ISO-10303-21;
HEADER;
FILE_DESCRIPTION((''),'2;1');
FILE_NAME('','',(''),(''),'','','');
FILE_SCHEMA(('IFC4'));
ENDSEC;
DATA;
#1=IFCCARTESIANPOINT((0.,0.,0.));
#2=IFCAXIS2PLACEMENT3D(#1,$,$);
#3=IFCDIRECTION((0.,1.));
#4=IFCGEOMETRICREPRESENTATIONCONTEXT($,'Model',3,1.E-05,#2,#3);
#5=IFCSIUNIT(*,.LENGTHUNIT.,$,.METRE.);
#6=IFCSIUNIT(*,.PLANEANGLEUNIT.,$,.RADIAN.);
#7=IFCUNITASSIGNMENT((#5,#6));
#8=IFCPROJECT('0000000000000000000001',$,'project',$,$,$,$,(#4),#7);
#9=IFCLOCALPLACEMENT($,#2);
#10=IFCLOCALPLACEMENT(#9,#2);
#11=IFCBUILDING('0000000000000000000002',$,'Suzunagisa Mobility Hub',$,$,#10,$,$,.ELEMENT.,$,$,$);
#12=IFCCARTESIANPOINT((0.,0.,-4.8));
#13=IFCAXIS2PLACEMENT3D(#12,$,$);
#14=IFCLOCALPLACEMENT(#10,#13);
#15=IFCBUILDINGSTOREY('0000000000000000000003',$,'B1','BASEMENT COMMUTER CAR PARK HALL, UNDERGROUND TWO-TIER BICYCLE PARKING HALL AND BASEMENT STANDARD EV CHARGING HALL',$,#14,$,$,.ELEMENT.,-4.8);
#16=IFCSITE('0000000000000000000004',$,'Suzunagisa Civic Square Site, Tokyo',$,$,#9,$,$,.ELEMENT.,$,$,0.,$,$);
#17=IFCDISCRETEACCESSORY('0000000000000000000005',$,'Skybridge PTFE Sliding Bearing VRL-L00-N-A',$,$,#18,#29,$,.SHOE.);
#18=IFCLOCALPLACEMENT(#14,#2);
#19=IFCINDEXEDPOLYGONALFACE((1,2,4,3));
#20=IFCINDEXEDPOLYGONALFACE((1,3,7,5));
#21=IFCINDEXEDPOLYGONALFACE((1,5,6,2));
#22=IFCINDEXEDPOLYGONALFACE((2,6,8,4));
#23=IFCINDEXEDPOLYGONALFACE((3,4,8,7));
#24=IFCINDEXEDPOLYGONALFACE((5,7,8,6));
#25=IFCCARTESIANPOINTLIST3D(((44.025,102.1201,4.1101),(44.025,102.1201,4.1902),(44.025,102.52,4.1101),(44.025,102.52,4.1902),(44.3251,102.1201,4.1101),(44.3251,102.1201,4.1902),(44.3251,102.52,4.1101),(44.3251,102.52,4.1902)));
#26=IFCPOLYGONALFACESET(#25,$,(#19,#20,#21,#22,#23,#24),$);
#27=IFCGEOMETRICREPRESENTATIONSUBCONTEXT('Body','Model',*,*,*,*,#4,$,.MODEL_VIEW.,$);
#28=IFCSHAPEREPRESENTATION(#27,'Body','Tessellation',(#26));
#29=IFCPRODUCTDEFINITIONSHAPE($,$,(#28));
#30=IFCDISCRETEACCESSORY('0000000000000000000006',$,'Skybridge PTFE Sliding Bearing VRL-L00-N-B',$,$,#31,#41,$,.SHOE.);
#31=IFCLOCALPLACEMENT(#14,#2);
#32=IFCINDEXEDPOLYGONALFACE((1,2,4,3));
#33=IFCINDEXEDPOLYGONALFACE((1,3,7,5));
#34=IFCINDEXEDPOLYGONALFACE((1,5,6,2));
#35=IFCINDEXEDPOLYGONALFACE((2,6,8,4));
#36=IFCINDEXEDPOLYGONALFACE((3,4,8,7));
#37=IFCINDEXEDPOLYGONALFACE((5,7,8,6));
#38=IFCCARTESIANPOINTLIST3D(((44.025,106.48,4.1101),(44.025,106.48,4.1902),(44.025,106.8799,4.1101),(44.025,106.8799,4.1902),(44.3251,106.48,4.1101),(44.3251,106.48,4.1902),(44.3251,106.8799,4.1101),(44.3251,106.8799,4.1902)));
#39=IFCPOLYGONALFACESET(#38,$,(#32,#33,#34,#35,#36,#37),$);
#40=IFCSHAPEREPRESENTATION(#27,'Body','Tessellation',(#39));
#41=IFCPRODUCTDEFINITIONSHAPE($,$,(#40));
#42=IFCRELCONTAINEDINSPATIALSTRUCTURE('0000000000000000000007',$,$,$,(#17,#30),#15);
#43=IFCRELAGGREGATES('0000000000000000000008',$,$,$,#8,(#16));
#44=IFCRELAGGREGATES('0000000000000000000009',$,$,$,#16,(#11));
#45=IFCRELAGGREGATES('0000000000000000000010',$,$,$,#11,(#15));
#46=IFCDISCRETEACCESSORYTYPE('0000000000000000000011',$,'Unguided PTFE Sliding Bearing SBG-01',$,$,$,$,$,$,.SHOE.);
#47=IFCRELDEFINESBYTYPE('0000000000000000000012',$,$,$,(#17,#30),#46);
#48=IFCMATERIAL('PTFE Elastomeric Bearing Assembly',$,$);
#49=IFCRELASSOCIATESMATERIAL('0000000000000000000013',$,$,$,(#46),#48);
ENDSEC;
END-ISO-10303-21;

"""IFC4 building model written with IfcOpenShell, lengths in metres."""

from ifc_helpers import new_model, si_unit, direction, frame, origin, origin_2d, place, context, subcontext, project, spatial, rectangle, extrude, material, type_object, element, save


model = new_model("IFC4")

# Units and contexts
model_context = context("Model", 3, precision=1e-05, world=origin(), true_north=direction((0.0, 1.0)))
body_context = subcontext(model_context, "Body", "Model", "MODEL_VIEW")
ifc_project = project(units=[si_unit("LENGTHUNIT", "METRE"), si_unit("PLANEANGLEUNIT", "RADIAN")], contexts=[model_context])

# Site, building, storey
site_placement = place(None, origin())
site = spatial("IfcSite", under=ifc_project, at=site_placement, Name="Suzunagisa Civic Square Site, Tokyo", CompositionType="ELEMENT", RefElevation=0.0)
building_placement = place(site_placement, origin())
building = spatial("IfcBuilding", under=site, at=building_placement, Name="Suzunagisa Mobility Hub", CompositionType="ELEMENT")
storey_placement = place(building_placement, frame((0.0, 0.0, -4.8)))
storey = spatial("IfcBuildingStorey", under=building, at=storey_placement, Name="B1", Description="BASEMENT COMMUTER CAR PARK HALL, UNDERGROUND TWO-TIER BICYCLE PARKING HALL AND BASEMENT STANDARD EV CHARGING HALL", CompositionType="ELEMENT", Elevation=-4.8)

# Discrete accessories
ifc_material_1 = material(Name="PTFE Elastomeric Bearing Assembly")
discrete_accessory_type = type_object("IfcDiscreteAccessoryType", Name="Unguided PTFE Sliding Bearing SBG-01", PredefinedType="SHOE", material=ifc_material_1)
for number, where, z_axis, x_axis, name in (
    (1, (44.175, 102.3201, 4.1101), (0.0, 0.0, 1.0), (1.0, 0.0, 0.0), "Skybridge PTFE Sliding Bearing VRL-L00-N-A"),
    (2, (44.175, 106.6799, 4.1101), (0.0, 0.0, 1.0), (1.0, 0.0, 0.0), "Skybridge PTFE Sliding Bearing VRL-L00-N-B"),
):
    element("IfcDiscreteAccessory", number, at=place(storey_placement, frame(where, z_axis=z_axis, x_axis=x_axis)), inside=storey, type_object=discrete_accessory_type, Name=name, PredefinedType="SHOE", context=body_context, shape_type="SweptSolid", body=[
        extrude(rectangle(XDim=0.3, YDim=0.3999, at=origin_2d()), origin(), (0.0, 0.0, 1.0), 0.0801),
    ])

save(model, "model.ifc")
